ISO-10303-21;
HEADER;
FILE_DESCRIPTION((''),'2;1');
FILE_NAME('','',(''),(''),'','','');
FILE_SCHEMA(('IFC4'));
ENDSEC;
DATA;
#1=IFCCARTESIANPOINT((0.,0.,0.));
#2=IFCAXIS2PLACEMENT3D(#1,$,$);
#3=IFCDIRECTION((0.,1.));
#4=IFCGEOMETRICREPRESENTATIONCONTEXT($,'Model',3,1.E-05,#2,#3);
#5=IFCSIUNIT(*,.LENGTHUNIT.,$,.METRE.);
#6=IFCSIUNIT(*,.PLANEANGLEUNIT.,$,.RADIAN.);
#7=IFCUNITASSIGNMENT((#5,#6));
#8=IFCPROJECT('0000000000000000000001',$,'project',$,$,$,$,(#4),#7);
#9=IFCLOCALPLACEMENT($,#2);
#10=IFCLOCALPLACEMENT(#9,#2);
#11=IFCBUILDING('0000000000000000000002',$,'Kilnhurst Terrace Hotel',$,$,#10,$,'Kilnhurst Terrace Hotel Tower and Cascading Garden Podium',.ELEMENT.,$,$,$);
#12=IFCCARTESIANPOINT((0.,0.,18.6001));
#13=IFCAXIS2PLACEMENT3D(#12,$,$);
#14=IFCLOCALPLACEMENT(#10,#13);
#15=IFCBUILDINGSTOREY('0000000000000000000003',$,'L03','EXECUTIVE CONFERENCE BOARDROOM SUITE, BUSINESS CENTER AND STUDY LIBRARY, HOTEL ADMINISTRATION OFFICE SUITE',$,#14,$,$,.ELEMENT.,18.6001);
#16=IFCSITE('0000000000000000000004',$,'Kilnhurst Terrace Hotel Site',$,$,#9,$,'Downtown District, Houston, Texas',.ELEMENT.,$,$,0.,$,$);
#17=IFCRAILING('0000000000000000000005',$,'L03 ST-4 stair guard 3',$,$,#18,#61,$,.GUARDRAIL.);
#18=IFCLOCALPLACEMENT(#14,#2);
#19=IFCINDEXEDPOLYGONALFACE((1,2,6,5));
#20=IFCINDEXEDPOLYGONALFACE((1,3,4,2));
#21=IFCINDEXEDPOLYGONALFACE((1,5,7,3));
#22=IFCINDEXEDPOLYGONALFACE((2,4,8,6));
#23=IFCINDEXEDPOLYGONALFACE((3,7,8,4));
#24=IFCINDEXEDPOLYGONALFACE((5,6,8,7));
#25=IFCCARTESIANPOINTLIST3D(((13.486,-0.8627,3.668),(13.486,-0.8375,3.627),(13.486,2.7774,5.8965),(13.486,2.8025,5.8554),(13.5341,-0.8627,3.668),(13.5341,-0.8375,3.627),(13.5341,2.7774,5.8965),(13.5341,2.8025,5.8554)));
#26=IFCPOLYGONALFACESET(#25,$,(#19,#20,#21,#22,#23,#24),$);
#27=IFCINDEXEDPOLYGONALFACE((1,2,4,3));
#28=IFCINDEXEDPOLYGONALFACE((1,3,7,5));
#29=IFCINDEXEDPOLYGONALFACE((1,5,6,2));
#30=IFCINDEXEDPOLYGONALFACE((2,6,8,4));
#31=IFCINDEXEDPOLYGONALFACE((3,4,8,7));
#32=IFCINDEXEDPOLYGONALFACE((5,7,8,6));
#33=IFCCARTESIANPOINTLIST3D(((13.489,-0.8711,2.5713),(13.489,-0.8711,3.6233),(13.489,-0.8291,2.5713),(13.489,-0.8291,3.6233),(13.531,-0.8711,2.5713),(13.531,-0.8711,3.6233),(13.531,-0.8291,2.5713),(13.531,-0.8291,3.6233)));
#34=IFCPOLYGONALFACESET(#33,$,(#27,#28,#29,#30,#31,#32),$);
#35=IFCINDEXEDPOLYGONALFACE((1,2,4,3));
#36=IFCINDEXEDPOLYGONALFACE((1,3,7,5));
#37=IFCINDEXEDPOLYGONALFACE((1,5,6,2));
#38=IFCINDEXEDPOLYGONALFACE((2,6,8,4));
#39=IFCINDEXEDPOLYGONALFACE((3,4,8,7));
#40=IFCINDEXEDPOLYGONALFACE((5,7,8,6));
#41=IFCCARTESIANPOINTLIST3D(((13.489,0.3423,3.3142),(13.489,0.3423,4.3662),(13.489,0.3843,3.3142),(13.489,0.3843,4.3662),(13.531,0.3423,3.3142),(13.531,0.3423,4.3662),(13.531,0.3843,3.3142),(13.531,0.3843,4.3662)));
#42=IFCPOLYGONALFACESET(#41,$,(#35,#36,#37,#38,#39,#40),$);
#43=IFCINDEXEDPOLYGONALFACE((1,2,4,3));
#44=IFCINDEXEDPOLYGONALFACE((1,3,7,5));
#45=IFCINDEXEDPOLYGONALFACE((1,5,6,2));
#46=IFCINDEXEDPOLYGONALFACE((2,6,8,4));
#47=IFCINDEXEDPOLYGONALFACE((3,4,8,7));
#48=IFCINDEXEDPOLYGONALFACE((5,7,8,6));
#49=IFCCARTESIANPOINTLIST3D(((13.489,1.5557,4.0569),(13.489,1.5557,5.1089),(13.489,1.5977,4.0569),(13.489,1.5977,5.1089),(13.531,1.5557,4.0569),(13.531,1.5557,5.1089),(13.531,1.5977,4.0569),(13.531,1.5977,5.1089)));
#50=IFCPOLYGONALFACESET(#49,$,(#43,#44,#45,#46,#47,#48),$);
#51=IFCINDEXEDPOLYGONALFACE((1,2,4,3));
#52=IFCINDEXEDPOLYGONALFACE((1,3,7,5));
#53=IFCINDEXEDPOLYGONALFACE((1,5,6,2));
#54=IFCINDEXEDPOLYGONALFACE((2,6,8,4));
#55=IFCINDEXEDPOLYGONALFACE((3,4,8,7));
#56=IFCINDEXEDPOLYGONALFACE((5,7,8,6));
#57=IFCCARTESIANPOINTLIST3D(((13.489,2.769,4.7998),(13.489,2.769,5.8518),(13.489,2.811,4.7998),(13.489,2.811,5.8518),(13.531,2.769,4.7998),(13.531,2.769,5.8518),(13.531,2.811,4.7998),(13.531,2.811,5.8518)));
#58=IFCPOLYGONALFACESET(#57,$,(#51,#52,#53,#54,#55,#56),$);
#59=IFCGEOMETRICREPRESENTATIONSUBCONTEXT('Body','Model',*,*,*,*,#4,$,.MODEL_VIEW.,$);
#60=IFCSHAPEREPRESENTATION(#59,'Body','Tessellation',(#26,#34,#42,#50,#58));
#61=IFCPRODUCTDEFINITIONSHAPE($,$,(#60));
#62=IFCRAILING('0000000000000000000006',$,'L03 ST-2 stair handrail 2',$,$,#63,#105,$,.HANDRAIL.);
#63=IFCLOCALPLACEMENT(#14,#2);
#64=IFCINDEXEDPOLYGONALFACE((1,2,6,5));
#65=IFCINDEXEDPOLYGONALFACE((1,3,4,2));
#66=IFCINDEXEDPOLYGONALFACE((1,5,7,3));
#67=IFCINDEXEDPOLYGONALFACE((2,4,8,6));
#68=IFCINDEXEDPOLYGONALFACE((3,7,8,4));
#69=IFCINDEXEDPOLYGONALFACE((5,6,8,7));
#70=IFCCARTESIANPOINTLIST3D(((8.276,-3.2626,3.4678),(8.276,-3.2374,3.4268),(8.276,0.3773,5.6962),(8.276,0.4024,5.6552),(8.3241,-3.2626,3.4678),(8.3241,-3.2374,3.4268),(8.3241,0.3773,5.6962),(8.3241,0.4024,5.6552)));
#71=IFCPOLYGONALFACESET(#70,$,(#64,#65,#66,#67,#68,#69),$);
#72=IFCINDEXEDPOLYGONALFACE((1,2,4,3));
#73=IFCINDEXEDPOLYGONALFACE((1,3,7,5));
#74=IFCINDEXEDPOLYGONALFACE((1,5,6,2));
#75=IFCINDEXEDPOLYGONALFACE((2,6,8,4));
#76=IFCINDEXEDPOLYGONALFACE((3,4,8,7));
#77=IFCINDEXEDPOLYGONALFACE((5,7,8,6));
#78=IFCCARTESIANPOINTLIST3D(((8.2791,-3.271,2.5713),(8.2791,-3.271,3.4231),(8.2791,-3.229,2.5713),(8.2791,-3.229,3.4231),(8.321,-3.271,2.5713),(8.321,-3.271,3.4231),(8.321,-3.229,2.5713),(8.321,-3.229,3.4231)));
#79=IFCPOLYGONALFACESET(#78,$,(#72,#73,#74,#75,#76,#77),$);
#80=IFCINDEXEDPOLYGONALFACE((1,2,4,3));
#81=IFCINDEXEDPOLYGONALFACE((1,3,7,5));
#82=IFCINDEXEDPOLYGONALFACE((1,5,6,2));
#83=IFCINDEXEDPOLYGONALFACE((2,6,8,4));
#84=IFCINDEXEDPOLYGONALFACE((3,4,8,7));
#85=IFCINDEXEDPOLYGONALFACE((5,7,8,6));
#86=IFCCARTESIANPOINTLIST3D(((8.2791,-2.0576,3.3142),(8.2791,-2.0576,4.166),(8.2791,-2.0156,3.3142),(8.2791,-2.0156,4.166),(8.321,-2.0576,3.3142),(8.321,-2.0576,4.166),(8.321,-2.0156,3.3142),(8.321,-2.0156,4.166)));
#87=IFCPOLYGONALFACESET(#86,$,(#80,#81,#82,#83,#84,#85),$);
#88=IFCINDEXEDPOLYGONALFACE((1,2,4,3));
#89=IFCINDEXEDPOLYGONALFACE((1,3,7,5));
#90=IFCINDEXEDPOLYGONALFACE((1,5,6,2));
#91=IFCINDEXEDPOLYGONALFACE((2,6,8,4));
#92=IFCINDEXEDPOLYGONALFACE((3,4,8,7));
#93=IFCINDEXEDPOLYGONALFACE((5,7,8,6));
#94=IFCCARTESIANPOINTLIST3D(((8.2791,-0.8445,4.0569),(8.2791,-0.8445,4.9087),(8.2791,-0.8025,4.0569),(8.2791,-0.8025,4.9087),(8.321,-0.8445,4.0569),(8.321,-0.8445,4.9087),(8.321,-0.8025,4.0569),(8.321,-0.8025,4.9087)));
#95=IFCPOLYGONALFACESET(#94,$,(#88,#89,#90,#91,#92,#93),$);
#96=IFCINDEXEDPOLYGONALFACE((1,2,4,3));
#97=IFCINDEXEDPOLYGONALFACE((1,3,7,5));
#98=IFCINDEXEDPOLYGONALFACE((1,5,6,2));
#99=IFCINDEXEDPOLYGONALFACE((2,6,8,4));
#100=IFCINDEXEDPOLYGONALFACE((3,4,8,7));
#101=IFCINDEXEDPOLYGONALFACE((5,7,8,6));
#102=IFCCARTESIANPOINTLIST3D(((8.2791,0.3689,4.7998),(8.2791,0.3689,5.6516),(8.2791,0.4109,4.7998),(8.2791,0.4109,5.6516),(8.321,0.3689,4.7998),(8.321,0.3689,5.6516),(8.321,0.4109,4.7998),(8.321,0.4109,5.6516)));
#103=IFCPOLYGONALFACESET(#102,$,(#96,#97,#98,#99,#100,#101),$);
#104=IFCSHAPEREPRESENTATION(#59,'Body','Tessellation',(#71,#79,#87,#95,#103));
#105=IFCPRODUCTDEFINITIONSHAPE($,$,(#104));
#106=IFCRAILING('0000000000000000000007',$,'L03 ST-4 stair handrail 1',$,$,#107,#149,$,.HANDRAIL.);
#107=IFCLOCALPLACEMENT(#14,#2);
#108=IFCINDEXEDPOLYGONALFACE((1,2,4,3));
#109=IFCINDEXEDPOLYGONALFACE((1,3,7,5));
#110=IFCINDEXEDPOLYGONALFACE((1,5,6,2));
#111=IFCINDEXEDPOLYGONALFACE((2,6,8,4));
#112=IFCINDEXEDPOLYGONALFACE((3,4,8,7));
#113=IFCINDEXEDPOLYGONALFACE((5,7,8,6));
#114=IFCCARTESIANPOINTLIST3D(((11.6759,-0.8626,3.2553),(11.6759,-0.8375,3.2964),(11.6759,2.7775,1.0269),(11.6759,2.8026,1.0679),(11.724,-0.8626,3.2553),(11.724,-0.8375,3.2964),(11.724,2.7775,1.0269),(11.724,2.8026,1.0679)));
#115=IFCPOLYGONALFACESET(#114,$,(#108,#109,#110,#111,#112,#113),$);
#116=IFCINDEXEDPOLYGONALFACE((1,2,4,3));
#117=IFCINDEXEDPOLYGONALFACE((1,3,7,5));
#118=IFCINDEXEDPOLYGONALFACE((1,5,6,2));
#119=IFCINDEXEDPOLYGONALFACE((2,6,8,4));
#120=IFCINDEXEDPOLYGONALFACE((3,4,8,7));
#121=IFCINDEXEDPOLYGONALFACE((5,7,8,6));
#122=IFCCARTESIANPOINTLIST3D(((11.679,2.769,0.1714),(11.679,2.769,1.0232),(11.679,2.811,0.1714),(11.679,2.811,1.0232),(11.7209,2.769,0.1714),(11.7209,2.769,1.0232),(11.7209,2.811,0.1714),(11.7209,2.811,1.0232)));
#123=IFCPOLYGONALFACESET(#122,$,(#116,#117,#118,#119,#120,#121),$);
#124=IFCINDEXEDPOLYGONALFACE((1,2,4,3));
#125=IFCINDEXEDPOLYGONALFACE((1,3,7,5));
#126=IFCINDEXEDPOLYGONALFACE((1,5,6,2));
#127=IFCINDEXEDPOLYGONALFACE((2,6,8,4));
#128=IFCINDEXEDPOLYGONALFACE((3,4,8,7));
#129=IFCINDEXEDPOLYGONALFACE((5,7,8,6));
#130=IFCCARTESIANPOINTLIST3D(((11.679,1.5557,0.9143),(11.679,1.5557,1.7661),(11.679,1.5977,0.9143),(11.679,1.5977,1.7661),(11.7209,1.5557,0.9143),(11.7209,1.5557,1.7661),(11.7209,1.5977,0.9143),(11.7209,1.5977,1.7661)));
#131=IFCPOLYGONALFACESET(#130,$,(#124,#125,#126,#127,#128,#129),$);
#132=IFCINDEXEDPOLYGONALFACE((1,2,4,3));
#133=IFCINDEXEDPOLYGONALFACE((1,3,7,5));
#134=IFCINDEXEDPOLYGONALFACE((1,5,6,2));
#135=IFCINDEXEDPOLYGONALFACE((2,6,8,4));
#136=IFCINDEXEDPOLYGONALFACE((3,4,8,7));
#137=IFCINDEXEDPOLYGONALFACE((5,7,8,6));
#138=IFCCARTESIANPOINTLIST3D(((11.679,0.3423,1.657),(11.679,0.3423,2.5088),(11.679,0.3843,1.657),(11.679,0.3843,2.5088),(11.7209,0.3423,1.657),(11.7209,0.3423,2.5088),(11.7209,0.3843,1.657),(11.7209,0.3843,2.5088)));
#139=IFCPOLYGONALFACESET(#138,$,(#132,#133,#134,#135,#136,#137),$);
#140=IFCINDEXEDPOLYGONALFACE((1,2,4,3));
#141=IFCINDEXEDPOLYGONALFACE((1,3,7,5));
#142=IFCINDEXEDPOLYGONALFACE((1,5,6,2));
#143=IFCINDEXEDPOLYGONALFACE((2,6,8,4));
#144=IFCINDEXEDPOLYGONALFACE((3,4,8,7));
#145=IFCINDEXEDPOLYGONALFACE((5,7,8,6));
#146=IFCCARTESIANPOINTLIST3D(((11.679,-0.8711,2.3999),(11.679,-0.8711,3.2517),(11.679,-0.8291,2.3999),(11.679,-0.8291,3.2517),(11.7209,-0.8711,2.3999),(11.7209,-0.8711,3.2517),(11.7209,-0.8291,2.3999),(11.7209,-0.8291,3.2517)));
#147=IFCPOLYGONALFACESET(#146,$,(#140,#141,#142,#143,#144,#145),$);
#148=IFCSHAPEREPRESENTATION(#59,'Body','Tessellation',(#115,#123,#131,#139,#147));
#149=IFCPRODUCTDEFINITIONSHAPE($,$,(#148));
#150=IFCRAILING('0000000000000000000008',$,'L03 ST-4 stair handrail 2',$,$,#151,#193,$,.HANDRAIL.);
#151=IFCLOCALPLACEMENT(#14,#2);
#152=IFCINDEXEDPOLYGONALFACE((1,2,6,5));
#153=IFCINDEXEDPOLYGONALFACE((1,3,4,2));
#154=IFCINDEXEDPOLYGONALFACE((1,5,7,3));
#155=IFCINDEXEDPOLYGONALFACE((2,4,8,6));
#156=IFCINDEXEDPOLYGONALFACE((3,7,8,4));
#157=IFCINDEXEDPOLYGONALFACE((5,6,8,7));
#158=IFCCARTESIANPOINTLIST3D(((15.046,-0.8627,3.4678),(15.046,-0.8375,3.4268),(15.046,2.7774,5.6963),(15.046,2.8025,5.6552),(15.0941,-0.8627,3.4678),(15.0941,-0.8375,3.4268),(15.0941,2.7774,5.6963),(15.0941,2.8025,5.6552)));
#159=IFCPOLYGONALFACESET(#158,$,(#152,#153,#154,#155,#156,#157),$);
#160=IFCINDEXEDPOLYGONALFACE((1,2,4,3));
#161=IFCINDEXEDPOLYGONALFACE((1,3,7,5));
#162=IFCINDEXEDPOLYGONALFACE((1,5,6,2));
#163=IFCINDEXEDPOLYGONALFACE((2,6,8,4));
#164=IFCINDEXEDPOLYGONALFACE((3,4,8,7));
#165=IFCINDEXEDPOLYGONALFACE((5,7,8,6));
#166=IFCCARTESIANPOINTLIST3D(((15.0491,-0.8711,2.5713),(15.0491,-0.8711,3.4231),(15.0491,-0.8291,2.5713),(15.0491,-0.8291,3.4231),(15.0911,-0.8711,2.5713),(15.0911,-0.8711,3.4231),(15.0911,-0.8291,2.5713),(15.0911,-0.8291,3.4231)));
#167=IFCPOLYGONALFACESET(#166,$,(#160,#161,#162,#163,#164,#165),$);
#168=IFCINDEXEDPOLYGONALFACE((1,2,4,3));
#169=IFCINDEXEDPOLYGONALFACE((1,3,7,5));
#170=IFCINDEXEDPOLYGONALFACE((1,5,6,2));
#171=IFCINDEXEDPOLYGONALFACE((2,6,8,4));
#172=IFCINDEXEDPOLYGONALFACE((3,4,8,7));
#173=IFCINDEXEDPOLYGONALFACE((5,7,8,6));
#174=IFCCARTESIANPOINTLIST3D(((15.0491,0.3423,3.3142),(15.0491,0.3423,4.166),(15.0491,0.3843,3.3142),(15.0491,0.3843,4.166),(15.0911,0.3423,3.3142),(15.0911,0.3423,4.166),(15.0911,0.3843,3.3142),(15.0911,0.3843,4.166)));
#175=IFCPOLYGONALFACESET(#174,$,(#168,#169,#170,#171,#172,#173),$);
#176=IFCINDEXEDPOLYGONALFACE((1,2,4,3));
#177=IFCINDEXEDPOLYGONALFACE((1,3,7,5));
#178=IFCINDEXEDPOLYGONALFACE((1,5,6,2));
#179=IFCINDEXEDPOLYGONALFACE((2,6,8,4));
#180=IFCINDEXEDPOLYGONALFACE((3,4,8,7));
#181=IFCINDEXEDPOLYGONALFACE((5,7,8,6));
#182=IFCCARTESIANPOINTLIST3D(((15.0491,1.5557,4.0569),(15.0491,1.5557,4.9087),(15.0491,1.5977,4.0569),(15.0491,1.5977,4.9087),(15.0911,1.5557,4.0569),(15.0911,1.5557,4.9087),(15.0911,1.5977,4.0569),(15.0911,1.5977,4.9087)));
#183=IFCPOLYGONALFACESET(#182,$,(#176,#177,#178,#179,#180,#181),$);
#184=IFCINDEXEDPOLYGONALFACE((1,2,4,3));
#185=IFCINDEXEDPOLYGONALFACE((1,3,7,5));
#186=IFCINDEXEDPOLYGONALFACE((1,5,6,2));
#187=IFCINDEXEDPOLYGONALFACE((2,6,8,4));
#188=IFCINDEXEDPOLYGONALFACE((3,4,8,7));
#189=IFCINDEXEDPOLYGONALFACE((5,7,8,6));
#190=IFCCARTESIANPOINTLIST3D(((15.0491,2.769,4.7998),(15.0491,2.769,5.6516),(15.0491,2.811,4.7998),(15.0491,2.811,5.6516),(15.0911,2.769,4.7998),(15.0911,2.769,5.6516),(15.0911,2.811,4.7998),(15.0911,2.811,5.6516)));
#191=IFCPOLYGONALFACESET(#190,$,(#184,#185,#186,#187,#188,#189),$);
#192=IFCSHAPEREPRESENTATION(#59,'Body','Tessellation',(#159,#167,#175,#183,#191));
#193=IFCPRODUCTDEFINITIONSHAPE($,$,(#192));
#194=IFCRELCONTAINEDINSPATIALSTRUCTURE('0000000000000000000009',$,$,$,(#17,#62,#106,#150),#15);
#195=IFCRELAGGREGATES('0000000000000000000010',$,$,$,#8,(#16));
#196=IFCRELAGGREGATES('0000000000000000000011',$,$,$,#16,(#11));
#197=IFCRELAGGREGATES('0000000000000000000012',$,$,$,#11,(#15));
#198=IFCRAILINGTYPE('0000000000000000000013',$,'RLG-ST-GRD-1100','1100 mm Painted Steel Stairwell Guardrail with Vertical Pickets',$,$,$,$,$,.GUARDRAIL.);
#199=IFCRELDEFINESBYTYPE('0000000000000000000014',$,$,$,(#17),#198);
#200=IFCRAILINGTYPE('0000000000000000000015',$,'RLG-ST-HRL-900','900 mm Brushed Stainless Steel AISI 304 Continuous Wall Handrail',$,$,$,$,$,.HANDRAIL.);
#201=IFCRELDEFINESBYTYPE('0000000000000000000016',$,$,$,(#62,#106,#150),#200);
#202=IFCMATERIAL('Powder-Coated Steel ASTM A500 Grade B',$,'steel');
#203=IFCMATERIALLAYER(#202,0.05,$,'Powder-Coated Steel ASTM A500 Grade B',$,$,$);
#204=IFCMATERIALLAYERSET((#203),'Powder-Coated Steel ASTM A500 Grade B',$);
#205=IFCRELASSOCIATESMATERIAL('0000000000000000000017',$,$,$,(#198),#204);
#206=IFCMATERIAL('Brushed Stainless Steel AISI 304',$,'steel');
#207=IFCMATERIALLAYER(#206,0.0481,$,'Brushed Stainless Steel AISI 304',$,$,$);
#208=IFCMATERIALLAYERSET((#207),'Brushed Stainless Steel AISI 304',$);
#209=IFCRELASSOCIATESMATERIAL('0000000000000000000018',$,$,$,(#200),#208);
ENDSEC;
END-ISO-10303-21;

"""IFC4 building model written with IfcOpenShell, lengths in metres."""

from ifc_helpers import new_model, si_unit, direction, frame, origin, origin_2d, place, context, subcontext, project, spatial, rectangle, extrude, material, layer, layer_set, type_object, element, save


model = new_model("IFC4")

# Units and contexts
model_context = context("Model", 3, precision=1e-05, world=origin(), true_north=direction((0.0, 1.0)))
body_context = subcontext(model_context, "Body", "Model", "MODEL_VIEW")
ifc_project = project(units=[si_unit("LENGTHUNIT", "METRE"), si_unit("PLANEANGLEUNIT", "RADIAN")], contexts=[model_context])

# Site, building, storey
site_placement = place(None, origin())
site = spatial("IfcSite", under=ifc_project, at=site_placement, Name="Kilnhurst Terrace Hotel Site", LongName="Downtown District, Houston, Texas", CompositionType="ELEMENT", RefElevation=0.0)
building_placement = place(site_placement, origin())
building = spatial("IfcBuilding", under=site, at=building_placement, Name="Kilnhurst Terrace Hotel", LongName="Kilnhurst Terrace Hotel Tower and Cascading Garden Podium", CompositionType="ELEMENT")
storey_placement = place(building_placement, frame((0.0, 0.0, 18.6001)))
storey = spatial("IfcBuildingStorey", under=building, at=storey_placement, Name="L03", Description="EXECUTIVE CONFERENCE BOARDROOM SUITE, BUSINESS CENTER AND STUDY LIBRARY, HOTEL ADMINISTRATION OFFICE SUITE", CompositionType="ELEMENT", Elevation=18.6001)

# Railings
ifc_material_1 = material(Name="Powder-Coated Steel ASTM A500 Grade B", Category="steel")
ifc_layer_1 = layer(ifc_material_1, 0.05, Name="Powder-Coated Steel ASTM A500 Grade B")
ifc_layer_set_1 = layer_set([ifc_layer_1], Name="Powder-Coated Steel ASTM A500 Grade B")
railing_type_1 = type_object("IfcRailingType", Name="RLG-ST-GRD-1100", Description="1100 mm Painted Steel Stairwell Guardrail with Vertical Pickets", PredefinedType="GUARDRAIL", material=ifc_layer_set_1)
railing_1_placement = place(storey_placement, frame((13.51, -0.8501, 2.5713)))
element("IfcRailing", 1, at=railing_1_placement, inside=storey, type_object=railing_type_1, Name="L03 ST-4 stair guard 3", PredefinedType="GUARDRAIL", context=body_context, shape_type="SweptSolid", body=[
    extrude(rectangle(XDim=0.0481, YDim=0.0481, at=origin_2d()), frame((0.0, 0.0, 1.0762), z_axis=(0.0, 0.852866, 0.52213), x_axis=(-1.0, 0.0, 0.0)), (0.0, 0.0, 1.0), 4.2681),
    extrude(rectangle(XDim=0.042, YDim=0.042, at=origin_2d()), origin(), (0.0, 0.0, 1.0), 1.052),
    extrude(rectangle(XDim=0.042, YDim=0.042, at=origin_2d()), frame((0.0, 1.2134, 0.7429)), (0.0, 0.0, 1.0), 1.052),
    extrude(rectangle(XDim=0.042, YDim=0.042, at=origin_2d()), frame((0.0, 2.4268, 1.4856)), (0.0, 0.0, 1.0), 1.052),
    extrude(rectangle(XDim=0.042, YDim=0.042, at=origin_2d()), frame((0.0, 3.6401, 2.2285)), (0.0, 0.0, 1.0), 1.052),
])
ifc_material_2 = material(Name="Brushed Stainless Steel AISI 304", Category="steel")
ifc_layer_2 = layer(ifc_material_2, 0.0481, Name="Brushed Stainless Steel AISI 304")
ifc_layer_set_2 = layer_set([ifc_layer_2], Name="Brushed Stainless Steel AISI 304")
railing_type_2 = type_object("IfcRailingType", Name="RLG-ST-HRL-900", Description="900 mm Brushed Stainless Steel AISI 304 Continuous Wall Handrail", PredefinedType="HANDRAIL", material=ifc_layer_set_2)
railing_2_placement = place(storey_placement, frame((8.3, -3.25, 2.5713)))
element("IfcRailing", 2, at=railing_2_placement, inside=storey, type_object=railing_type_2, Name="L03 ST-2 stair handrail 2", PredefinedType="HANDRAIL", context=body_context, shape_type="SweptSolid", body=[
    extrude(rectangle(XDim=0.0481, YDim=0.0481, at=origin_2d()), frame((0.0, 0.0, 0.876), z_axis=(0.0, 0.85285, 0.522156), x_axis=(-1.0, 0.0, 0.0)), (0.0, 0.0, 1.0), 4.2678),
    extrude(rectangle(XDim=0.042, YDim=0.042, at=origin_2d()), origin(), (0.0, 0.0, 1.0), 0.8518),
    extrude(rectangle(XDim=0.042, YDim=0.042, at=origin_2d()), frame((0.0, 1.2134, 0.7429)), (0.0, 0.0, 1.0), 0.8518),
    extrude(rectangle(XDim=0.042, YDim=0.042, at=origin_2d()), frame((0.0, 2.4265, 1.4856)), (0.0, 0.0, 1.0), 0.8518),
    extrude(rectangle(XDim=0.042, YDim=0.042, at=origin_2d()), frame((0.0, 3.6399, 2.2285)), (0.0, 0.0, 1.0), 0.8518),
])
railing_3_placement = place(storey_placement, frame((11.7, 2.79, 0.1714)))
element("IfcRailing", 3, at=railing_3_placement, inside=storey, type_object=railing_type_2, Name="L03 ST-4 stair handrail 1", PredefinedType="HANDRAIL", context=body_context, shape_type="SweptSolid", body=[
    extrude(rectangle(XDim=0.0481, YDim=0.0481, at=origin_2d()), frame((0.0, 0.0, 0.876), z_axis=(0.0, -0.852866, 0.52213), x_axis=(1.0, 0.0, 0.0)), (0.0, 0.0, 1.0), 4.2681),
    extrude(rectangle(XDim=0.042, YDim=0.042, at=origin_2d()), origin(), (0.0, 0.0, 1.0), 0.8518),
    extrude(rectangle(XDim=0.042, YDim=0.042, at=origin_2d()), frame((0.0, -1.2134, 0.7429)), (0.0, 0.0, 1.0), 0.8518),
    extrude(rectangle(XDim=0.042, YDim=0.042, at=origin_2d()), frame((0.0, -2.4268, 1.4856)), (0.0, 0.0, 1.0), 0.8518),
    extrude(rectangle(XDim=0.042, YDim=0.042, at=origin_2d()), frame((0.0, -3.6401, 2.2285)), (0.0, 0.0, 1.0), 0.8518),
])
railing_4_placement = place(storey_placement, frame((15.0701, -0.8501, 2.5713)))
element("IfcRailing", 4, at=railing_4_placement, inside=storey, type_object=railing_type_2, Name="L03 ST-4 stair handrail 2", PredefinedType="HANDRAIL", context=body_context, shape_type="SweptSolid", body=[
    extrude(rectangle(XDim=0.0481, YDim=0.0481, at=origin_2d()), frame((0.0, 0.0, 0.876), z_axis=(0.0, 0.852866, 0.52213), x_axis=(-1.0, 0.0, 0.0)), (0.0, 0.0, 1.0), 4.2681),
    extrude(rectangle(XDim=0.042, YDim=0.042, at=origin_2d()), origin(), (0.0, 0.0, 1.0), 0.8518),
    extrude(rectangle(XDim=0.042, YDim=0.042, at=origin_2d()), frame((0.0, 1.2134, 0.7429)), (0.0, 0.0, 1.0), 0.8518),
    extrude(rectangle(XDim=0.042, YDim=0.042, at=origin_2d()), frame((0.0, 2.4268, 1.4856)), (0.0, 0.0, 1.0), 0.8518),
    extrude(rectangle(XDim=0.042, YDim=0.042, at=origin_2d()), frame((0.0, 3.6401, 2.2285)), (0.0, 0.0, 1.0), 0.8518),
])

save(model, "model.ifc")
